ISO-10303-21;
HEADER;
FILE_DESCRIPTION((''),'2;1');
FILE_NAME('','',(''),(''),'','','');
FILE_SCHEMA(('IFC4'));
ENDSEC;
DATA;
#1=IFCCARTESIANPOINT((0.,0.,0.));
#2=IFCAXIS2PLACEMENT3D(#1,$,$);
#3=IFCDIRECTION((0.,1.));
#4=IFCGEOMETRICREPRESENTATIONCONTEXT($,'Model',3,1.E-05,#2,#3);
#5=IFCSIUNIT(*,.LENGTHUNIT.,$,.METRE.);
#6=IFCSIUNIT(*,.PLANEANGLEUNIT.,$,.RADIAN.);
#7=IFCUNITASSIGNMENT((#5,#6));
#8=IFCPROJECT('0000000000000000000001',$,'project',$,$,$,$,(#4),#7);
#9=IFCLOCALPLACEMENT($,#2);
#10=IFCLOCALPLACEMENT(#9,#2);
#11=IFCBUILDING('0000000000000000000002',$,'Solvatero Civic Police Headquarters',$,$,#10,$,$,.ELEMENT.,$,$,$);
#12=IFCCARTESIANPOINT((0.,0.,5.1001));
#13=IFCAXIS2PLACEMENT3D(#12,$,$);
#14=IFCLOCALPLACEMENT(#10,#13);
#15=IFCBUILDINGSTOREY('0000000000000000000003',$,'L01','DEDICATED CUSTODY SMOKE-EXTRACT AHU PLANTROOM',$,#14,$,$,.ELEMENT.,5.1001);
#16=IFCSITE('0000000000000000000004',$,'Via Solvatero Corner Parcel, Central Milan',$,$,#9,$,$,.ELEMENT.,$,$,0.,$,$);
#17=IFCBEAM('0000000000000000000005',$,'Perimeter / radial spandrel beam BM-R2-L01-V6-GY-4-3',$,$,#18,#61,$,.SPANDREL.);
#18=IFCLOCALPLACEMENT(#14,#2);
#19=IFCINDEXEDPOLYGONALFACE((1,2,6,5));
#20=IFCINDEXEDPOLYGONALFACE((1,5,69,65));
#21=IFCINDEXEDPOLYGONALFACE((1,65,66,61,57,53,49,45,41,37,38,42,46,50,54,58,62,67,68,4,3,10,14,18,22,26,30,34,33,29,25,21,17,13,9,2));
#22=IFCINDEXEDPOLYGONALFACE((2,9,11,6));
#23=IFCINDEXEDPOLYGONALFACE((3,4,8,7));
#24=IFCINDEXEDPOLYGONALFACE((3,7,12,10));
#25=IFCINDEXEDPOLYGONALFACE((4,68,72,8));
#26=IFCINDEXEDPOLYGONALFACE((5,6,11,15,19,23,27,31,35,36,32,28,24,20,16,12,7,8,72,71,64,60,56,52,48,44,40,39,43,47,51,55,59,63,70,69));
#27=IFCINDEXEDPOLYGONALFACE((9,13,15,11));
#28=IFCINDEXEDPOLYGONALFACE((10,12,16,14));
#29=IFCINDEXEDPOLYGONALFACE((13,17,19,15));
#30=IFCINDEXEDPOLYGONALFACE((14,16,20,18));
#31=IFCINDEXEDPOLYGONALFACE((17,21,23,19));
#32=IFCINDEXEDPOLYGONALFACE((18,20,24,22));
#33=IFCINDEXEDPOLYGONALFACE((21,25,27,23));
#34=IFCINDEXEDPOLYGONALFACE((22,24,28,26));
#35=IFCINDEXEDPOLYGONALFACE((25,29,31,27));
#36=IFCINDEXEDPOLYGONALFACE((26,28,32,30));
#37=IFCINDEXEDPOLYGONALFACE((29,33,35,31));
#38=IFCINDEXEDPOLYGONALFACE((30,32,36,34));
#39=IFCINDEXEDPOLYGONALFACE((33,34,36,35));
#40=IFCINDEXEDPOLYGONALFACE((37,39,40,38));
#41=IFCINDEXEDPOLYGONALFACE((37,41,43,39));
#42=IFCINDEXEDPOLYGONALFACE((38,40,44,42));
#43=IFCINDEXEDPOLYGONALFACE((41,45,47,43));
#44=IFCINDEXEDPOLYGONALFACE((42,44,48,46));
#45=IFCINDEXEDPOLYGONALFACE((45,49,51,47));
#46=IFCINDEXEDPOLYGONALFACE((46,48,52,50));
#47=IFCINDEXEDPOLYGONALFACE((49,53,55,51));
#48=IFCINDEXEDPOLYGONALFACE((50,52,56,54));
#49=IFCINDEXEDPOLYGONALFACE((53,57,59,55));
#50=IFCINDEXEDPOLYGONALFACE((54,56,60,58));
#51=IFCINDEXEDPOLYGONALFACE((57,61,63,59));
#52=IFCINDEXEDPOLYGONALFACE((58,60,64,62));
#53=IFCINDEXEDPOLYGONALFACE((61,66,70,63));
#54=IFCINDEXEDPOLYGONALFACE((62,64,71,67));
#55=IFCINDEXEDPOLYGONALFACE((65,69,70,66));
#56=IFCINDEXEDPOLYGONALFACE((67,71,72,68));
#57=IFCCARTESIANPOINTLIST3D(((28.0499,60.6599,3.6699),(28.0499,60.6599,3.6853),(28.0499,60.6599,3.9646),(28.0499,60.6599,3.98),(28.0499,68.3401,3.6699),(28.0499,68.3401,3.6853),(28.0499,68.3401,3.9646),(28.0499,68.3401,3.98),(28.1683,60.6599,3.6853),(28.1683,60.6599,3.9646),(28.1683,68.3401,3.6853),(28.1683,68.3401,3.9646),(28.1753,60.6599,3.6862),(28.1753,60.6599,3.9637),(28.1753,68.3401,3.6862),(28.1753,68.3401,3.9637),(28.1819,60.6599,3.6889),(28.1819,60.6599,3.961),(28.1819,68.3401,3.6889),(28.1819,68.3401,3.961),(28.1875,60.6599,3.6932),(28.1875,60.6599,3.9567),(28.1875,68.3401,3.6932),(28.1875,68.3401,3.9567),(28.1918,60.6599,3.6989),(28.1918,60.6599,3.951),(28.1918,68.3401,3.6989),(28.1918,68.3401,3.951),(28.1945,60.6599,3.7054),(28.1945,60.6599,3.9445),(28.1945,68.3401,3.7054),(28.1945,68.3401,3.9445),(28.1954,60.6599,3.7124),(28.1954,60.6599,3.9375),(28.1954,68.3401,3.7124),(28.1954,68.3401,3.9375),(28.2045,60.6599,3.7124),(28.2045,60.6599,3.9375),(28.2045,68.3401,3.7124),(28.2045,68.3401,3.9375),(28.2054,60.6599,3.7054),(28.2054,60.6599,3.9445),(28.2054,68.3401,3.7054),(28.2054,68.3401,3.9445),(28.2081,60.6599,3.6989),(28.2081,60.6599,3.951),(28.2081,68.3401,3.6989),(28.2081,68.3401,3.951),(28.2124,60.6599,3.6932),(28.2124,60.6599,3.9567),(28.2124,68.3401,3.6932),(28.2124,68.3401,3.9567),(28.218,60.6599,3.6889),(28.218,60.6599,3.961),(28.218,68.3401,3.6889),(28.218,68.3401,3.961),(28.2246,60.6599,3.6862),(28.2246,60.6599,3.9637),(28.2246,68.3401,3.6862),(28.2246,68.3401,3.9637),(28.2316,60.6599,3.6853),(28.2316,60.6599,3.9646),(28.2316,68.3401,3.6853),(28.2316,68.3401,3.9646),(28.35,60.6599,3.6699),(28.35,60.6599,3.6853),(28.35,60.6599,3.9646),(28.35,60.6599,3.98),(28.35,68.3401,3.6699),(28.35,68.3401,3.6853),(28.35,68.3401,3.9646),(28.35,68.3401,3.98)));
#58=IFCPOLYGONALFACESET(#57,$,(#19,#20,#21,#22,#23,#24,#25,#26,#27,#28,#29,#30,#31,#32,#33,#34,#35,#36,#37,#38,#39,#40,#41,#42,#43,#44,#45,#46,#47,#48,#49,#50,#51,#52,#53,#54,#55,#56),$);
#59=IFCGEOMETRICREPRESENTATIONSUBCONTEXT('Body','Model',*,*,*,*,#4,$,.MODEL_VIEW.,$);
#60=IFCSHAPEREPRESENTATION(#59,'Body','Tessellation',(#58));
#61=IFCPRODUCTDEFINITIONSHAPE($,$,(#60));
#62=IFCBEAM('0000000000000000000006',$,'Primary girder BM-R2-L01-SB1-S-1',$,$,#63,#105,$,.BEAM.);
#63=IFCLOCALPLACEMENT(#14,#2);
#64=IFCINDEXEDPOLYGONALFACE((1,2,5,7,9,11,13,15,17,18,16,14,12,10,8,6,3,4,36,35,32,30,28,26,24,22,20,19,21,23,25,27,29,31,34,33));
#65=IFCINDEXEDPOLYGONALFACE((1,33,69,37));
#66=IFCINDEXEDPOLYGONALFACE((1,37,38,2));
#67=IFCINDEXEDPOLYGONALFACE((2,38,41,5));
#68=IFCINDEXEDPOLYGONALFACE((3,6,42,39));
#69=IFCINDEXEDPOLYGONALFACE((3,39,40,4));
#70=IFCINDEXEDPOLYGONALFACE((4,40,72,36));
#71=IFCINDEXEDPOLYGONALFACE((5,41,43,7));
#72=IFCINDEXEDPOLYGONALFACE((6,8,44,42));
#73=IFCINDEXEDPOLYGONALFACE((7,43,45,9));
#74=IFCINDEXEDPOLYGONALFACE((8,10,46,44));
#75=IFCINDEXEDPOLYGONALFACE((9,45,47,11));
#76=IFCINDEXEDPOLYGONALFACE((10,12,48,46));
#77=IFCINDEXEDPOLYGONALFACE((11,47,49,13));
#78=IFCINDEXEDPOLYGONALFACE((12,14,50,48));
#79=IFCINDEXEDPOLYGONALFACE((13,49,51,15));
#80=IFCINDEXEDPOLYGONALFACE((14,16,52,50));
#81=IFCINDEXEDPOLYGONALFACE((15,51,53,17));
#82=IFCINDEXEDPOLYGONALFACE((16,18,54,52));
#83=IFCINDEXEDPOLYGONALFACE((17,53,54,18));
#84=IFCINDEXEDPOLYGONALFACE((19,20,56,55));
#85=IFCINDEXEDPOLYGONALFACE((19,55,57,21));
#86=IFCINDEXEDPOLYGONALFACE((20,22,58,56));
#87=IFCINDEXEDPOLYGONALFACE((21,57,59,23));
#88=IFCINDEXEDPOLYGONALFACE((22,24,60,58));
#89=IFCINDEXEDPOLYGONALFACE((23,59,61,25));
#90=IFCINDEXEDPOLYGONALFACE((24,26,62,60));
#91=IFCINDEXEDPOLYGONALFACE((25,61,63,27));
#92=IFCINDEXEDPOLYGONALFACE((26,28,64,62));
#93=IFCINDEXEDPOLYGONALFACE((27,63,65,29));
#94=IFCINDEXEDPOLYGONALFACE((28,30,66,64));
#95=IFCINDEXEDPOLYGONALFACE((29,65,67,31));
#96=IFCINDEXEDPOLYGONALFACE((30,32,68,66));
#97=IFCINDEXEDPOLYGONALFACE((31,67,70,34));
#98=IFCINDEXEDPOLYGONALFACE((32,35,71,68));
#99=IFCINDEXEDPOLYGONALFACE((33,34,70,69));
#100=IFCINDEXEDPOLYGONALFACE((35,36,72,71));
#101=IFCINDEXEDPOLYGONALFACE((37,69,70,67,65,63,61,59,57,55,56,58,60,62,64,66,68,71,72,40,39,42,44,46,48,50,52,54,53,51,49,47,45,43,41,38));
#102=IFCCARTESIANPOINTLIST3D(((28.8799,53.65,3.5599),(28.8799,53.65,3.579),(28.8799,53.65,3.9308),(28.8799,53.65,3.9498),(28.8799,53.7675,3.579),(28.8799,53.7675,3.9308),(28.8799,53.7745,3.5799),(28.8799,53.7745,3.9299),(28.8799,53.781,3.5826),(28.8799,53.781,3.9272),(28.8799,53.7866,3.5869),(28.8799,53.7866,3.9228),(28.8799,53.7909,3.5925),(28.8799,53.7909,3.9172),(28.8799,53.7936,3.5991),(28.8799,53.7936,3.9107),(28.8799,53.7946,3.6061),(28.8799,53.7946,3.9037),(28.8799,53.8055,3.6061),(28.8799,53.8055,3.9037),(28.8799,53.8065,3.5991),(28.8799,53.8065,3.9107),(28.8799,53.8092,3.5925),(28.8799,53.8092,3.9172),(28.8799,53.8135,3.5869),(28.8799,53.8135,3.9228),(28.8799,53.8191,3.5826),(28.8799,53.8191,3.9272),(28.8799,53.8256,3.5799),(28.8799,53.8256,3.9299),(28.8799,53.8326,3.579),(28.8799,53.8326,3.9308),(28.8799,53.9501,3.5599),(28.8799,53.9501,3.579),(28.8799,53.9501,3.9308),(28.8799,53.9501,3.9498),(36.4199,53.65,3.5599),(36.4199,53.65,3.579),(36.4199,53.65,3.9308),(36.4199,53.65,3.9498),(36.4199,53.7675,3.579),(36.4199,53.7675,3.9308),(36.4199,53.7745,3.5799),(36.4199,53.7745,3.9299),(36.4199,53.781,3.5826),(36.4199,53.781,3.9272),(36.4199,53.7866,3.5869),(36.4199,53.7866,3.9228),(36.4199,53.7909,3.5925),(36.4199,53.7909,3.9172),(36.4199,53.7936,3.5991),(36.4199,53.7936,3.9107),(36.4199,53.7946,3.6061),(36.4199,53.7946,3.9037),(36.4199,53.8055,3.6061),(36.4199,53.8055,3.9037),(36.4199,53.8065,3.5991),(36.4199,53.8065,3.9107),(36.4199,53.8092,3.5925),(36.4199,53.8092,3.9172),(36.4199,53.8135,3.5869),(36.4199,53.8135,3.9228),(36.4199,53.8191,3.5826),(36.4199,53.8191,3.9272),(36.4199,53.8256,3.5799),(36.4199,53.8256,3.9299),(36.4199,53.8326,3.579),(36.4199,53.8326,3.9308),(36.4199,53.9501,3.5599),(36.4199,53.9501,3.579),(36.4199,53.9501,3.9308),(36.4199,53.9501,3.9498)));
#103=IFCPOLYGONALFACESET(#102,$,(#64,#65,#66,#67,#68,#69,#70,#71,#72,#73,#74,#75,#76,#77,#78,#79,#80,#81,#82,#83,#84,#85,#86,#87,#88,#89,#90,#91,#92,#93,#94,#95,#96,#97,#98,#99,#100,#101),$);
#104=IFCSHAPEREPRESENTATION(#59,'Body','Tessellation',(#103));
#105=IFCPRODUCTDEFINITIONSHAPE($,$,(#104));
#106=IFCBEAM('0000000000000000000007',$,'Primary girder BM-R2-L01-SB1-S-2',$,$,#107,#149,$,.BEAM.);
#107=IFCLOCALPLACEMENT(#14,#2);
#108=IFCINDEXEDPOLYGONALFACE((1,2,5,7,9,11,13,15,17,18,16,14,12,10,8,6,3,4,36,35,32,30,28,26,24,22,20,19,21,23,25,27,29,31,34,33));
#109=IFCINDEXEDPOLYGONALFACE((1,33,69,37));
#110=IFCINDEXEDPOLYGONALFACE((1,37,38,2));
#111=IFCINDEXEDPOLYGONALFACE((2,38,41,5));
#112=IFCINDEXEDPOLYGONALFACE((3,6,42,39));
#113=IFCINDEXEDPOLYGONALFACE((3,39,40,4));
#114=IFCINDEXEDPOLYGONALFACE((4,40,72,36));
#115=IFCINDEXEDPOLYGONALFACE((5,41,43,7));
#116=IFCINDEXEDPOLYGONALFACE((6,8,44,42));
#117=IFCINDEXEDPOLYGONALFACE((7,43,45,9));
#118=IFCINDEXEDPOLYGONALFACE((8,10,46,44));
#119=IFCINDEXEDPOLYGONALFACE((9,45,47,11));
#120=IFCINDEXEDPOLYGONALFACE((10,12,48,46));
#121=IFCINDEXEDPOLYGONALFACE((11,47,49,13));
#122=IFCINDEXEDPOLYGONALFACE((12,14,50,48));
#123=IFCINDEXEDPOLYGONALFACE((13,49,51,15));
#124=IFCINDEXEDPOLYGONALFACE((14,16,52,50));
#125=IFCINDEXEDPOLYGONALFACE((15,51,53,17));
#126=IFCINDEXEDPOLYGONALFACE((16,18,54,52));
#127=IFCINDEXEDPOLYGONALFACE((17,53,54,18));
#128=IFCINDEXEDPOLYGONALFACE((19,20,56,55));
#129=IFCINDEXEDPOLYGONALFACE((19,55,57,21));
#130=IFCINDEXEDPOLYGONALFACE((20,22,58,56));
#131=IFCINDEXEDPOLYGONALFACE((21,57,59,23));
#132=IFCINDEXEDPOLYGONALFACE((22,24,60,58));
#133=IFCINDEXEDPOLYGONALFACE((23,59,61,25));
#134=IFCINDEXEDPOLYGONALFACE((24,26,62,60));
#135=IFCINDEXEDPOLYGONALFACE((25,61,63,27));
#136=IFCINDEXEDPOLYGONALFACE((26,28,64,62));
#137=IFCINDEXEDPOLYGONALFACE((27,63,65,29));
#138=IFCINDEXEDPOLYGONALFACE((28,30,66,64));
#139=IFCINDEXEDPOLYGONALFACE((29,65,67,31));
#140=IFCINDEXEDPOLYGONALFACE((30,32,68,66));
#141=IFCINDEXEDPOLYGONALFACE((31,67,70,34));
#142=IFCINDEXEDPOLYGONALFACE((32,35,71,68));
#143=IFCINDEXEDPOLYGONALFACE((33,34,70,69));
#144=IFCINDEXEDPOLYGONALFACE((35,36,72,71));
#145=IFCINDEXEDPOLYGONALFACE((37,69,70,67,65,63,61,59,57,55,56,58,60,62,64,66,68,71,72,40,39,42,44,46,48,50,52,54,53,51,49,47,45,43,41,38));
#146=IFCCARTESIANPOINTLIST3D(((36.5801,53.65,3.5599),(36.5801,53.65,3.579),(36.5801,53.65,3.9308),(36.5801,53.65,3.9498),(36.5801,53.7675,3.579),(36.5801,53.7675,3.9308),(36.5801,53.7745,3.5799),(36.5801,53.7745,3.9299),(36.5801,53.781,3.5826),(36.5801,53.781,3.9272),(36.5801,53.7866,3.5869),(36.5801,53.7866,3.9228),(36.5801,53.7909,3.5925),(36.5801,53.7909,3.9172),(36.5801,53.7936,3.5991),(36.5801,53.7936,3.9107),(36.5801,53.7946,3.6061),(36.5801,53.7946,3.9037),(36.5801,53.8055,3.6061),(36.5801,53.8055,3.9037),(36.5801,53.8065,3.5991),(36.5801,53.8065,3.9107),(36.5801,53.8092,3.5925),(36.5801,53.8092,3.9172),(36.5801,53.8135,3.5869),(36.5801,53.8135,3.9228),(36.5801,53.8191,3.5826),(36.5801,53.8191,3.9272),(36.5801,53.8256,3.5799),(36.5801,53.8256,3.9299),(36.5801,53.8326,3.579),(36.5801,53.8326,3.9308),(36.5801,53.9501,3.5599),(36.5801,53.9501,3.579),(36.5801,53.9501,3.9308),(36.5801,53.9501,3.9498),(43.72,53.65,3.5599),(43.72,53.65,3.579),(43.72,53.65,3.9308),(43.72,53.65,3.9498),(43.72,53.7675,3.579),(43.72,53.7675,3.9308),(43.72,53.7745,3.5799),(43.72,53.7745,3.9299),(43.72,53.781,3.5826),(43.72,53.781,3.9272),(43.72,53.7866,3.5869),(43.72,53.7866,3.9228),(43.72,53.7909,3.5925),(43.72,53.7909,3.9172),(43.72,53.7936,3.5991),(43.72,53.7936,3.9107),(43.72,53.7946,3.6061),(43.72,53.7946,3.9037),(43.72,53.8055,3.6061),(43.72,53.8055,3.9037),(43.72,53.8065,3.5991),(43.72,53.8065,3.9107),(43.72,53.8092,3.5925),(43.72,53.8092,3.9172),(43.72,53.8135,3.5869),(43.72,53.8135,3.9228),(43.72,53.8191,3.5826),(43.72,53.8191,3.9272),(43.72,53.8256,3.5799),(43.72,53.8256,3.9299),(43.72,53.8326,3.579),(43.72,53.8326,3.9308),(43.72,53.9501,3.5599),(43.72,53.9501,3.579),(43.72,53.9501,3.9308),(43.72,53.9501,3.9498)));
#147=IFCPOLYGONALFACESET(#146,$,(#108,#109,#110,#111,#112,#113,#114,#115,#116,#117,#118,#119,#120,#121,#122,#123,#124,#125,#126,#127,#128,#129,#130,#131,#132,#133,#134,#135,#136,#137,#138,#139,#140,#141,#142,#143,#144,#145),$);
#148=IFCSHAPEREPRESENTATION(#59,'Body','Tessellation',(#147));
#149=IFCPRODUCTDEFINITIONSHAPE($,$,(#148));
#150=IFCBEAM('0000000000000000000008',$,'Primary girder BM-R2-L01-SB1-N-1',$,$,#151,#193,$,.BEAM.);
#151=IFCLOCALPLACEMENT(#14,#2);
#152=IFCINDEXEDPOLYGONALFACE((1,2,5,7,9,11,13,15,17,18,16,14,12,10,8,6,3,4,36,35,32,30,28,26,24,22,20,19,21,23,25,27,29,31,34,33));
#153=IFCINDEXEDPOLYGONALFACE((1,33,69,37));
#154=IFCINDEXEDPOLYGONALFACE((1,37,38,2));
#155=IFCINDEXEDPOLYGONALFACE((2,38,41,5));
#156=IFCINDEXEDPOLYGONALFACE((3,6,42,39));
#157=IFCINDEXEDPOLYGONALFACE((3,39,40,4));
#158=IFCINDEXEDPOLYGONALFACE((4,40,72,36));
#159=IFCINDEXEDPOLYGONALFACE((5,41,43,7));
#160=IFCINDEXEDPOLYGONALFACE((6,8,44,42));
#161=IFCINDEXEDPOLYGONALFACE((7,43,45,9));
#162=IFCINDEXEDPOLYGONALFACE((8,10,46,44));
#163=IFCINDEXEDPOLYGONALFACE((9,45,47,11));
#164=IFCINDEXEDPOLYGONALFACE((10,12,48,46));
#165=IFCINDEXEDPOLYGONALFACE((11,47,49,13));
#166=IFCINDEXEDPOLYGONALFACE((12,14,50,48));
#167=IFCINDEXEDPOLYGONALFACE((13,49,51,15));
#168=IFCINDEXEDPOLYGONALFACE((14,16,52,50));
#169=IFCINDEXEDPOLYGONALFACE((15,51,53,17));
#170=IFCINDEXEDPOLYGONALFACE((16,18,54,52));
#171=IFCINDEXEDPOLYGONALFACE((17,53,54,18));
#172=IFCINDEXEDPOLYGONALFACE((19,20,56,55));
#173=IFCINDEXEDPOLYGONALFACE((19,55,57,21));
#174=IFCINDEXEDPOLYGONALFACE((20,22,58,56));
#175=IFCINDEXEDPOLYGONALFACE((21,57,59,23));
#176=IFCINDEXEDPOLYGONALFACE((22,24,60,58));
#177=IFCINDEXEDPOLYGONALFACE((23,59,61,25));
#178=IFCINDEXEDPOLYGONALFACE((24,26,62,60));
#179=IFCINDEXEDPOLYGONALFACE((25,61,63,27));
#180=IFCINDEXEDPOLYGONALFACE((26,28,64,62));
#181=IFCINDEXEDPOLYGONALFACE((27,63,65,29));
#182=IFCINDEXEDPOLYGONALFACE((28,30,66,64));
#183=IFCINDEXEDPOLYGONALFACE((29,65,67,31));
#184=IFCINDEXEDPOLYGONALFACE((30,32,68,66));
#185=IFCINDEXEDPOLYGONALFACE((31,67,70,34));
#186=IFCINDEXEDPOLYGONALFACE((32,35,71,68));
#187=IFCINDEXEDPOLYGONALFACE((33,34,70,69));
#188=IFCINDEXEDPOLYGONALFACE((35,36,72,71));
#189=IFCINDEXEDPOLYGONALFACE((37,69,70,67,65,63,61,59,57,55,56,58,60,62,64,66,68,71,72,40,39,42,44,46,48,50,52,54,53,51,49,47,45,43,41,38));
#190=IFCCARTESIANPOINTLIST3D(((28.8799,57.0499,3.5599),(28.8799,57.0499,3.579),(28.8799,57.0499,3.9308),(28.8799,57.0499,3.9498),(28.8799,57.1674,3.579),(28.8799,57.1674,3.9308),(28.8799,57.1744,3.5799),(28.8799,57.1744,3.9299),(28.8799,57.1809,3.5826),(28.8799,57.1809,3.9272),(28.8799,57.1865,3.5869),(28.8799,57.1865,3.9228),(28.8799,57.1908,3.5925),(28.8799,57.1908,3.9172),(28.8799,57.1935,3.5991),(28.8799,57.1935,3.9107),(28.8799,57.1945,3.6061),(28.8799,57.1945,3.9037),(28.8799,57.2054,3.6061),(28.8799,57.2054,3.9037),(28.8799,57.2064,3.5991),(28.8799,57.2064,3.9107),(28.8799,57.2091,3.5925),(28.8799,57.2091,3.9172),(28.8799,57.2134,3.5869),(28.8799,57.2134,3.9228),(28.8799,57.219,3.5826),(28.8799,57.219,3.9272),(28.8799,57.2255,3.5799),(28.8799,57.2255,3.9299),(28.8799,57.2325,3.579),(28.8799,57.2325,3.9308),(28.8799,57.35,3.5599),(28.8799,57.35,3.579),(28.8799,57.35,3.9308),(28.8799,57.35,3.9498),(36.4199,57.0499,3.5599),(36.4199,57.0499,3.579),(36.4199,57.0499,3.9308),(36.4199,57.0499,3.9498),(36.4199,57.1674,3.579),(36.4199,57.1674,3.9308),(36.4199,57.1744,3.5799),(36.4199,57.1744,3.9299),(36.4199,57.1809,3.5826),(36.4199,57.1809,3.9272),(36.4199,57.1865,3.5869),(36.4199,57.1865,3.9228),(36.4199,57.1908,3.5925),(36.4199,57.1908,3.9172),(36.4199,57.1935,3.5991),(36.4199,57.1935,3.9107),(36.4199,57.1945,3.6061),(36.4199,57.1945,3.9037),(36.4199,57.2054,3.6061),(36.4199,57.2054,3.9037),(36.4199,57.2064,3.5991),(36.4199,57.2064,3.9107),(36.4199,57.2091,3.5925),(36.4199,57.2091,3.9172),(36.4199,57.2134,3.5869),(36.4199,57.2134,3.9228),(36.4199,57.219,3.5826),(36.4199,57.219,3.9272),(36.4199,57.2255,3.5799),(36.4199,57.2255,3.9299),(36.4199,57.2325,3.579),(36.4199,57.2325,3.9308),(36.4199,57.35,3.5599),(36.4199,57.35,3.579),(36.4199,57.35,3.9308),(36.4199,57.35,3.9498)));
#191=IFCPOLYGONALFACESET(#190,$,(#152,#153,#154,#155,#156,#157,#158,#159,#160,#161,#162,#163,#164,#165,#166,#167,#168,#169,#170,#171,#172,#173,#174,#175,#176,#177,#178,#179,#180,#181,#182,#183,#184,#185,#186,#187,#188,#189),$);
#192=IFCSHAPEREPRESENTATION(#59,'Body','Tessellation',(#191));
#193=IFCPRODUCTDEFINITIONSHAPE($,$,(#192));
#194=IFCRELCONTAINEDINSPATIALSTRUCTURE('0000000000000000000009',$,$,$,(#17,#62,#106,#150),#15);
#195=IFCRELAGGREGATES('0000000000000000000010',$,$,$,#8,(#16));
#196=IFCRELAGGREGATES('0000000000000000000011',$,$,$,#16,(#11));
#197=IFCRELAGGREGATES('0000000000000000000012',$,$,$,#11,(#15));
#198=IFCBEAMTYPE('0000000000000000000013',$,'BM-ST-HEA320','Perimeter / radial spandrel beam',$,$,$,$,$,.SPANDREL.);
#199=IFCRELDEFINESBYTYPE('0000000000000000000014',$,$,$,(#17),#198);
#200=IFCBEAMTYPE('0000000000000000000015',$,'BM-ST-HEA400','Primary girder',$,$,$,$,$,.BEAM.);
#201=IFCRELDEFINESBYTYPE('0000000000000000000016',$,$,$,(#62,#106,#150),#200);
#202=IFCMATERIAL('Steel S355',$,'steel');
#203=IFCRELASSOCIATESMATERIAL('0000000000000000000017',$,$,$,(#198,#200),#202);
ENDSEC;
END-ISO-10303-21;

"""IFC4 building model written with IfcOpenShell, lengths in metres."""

from ifc_helpers import new_model, si_unit, direction, frame, origin, origin_2d, place, context, subcontext, project, spatial, i_section, extrude, material, material_profile, profile_set, type_object, element, save


model = new_model("IFC4")

# Units and contexts
model_context = context("Model", 3, precision=1e-05, world=origin(), true_north=direction((0.0, 1.0)))
body_context = subcontext(model_context, "Body", "Model", "MODEL_VIEW")
ifc_project = project(units=[si_unit("LENGTHUNIT", "METRE"), si_unit("PLANEANGLEUNIT", "RADIAN")], contexts=[model_context])

# Site, building, storey
site_placement = place(None, origin())
site = spatial("IfcSite", under=ifc_project, at=site_placement, Name="Via Solvatero Corner Parcel, Central Milan", CompositionType="ELEMENT", RefElevation=0.0)
building_placement = place(site_placement, origin())
building = spatial("IfcBuilding", under=site, at=building_placement, Name="Solvatero Civic Police Headquarters", CompositionType="ELEMENT")
storey_placement = place(building_placement, frame((0.0, 0.0, 5.1001)))
storey = spatial("IfcBuildingStorey", under=building, at=storey_placement, Name="L01", Description="DEDICATED CUSTODY SMOKE-EXTRACT AHU PLANTROOM", CompositionType="ELEMENT", Elevation=5.1001)

# Shared definitions
ifc_material_1 = material(Name="Steel S355", Category="steel")

# Beams
ifc_material_profile_1 = material_profile(ifc_material_1, i_section(OverallWidth=0.3, OverallDepth=0.3101, WebThickness=0.009, FlangeThickness=0.0154, FilletRadius=0.0271, at=origin_2d()), Name="HEA 320")
ifc_profile_set_1 = profile_set([ifc_material_profile_1], Name="Steel S355")
beam_type_1 = type_object("IfcBeamType", Name="BM-ST-HEA320", Description="Perimeter / radial spandrel beam", PredefinedType="SPANDREL", material=ifc_profile_set_1)
for number, where, z_axis, x_axis, name in (
    (1, (28.2, 60.6599, 3.825), (0.0, 1.0, 0.0), (-1.0, 0.0, 0.0), "Perimeter / radial spandrel beam BM-R2-L01-V6-GY-4-3"),
):
    element("IfcBeam", number, at=place(storey_placement, frame(where, z_axis=z_axis, x_axis=x_axis)), inside=storey, type_object=beam_type_1, Name=name, PredefinedType="SPANDREL", context=body_context, shape_type="SweptSolid", body=[
        extrude(i_section(OverallWidth=0.3, OverallDepth=0.3101, WebThickness=0.009, FlangeThickness=0.0154, FilletRadius=0.0271, at=origin_2d()), origin(), (0.0, 0.0, 1.0), 7.6802),
    ])
ifc_material_profile_2 = material_profile(ifc_material_1, i_section(OverallWidth=0.3, OverallDepth=0.3899, WebThickness=0.011, FlangeThickness=0.019, FilletRadius=0.0271, at=origin_2d()), Name="HEA 400")
ifc_profile_set_2 = profile_set([ifc_material_profile_2], Name="Steel S355")
beam_type_2 = type_object("IfcBeamType", Name="BM-ST-HEA400", Description="Primary girder", PredefinedType="BEAM", material=ifc_profile_set_2)
beam_1_placement = place(storey_placement, frame((28.8799, 53.8, 3.7549), z_axis=(1.0, 0.0, 0.0), x_axis=(0.0, 1.0, 0.0)))
element("IfcBeam", 2, at=beam_1_placement, inside=storey, type_object=beam_type_2, Name="Primary girder BM-R2-L01-SB1-S-1", PredefinedType="BEAM", context=body_context, shape_type="SweptSolid", body=[
    extrude(i_section(OverallWidth=0.3, OverallDepth=0.3899, WebThickness=0.011, FlangeThickness=0.019, FilletRadius=0.0271, at=origin_2d()), origin(), (0.0, 0.0, 1.0), 7.54),
])
beam_2_placement = place(storey_placement, frame((36.5801, 53.8, 3.7549), z_axis=(1.0, 0.0, 0.0), x_axis=(0.0, 1.0, 0.0)))
element("IfcBeam", 3, at=beam_2_placement, inside=storey, type_object=beam_type_2, Name="Primary girder BM-R2-L01-SB1-S-2", PredefinedType="BEAM", context=body_context, shape_type="SweptSolid", body=[
    extrude(i_section(OverallWidth=0.3, OverallDepth=0.3899, WebThickness=0.011, FlangeThickness=0.019, FilletRadius=0.0271, at=origin_2d()), origin(), (0.0, 0.0, 1.0), 7.1399),
])
beam_3_placement = place(storey_placement, frame((28.8799, 57.2, 3.7549), z_axis=(1.0, 0.0, 0.0), x_axis=(0.0, 1.0, 0.0)))
element("IfcBeam", 4, at=beam_3_placement, inside=storey, type_object=beam_type_2, Name="Primary girder BM-R2-L01-SB1-N-1", PredefinedType="BEAM", context=body_context, shape_type="SweptSolid", body=[
    extrude(i_section(OverallWidth=0.3, OverallDepth=0.3899, WebThickness=0.011, FlangeThickness=0.019, FilletRadius=0.0271, at=origin_2d()), origin(), (0.0, 0.0, 1.0), 7.54),
])

save(model, "model.ifc")
